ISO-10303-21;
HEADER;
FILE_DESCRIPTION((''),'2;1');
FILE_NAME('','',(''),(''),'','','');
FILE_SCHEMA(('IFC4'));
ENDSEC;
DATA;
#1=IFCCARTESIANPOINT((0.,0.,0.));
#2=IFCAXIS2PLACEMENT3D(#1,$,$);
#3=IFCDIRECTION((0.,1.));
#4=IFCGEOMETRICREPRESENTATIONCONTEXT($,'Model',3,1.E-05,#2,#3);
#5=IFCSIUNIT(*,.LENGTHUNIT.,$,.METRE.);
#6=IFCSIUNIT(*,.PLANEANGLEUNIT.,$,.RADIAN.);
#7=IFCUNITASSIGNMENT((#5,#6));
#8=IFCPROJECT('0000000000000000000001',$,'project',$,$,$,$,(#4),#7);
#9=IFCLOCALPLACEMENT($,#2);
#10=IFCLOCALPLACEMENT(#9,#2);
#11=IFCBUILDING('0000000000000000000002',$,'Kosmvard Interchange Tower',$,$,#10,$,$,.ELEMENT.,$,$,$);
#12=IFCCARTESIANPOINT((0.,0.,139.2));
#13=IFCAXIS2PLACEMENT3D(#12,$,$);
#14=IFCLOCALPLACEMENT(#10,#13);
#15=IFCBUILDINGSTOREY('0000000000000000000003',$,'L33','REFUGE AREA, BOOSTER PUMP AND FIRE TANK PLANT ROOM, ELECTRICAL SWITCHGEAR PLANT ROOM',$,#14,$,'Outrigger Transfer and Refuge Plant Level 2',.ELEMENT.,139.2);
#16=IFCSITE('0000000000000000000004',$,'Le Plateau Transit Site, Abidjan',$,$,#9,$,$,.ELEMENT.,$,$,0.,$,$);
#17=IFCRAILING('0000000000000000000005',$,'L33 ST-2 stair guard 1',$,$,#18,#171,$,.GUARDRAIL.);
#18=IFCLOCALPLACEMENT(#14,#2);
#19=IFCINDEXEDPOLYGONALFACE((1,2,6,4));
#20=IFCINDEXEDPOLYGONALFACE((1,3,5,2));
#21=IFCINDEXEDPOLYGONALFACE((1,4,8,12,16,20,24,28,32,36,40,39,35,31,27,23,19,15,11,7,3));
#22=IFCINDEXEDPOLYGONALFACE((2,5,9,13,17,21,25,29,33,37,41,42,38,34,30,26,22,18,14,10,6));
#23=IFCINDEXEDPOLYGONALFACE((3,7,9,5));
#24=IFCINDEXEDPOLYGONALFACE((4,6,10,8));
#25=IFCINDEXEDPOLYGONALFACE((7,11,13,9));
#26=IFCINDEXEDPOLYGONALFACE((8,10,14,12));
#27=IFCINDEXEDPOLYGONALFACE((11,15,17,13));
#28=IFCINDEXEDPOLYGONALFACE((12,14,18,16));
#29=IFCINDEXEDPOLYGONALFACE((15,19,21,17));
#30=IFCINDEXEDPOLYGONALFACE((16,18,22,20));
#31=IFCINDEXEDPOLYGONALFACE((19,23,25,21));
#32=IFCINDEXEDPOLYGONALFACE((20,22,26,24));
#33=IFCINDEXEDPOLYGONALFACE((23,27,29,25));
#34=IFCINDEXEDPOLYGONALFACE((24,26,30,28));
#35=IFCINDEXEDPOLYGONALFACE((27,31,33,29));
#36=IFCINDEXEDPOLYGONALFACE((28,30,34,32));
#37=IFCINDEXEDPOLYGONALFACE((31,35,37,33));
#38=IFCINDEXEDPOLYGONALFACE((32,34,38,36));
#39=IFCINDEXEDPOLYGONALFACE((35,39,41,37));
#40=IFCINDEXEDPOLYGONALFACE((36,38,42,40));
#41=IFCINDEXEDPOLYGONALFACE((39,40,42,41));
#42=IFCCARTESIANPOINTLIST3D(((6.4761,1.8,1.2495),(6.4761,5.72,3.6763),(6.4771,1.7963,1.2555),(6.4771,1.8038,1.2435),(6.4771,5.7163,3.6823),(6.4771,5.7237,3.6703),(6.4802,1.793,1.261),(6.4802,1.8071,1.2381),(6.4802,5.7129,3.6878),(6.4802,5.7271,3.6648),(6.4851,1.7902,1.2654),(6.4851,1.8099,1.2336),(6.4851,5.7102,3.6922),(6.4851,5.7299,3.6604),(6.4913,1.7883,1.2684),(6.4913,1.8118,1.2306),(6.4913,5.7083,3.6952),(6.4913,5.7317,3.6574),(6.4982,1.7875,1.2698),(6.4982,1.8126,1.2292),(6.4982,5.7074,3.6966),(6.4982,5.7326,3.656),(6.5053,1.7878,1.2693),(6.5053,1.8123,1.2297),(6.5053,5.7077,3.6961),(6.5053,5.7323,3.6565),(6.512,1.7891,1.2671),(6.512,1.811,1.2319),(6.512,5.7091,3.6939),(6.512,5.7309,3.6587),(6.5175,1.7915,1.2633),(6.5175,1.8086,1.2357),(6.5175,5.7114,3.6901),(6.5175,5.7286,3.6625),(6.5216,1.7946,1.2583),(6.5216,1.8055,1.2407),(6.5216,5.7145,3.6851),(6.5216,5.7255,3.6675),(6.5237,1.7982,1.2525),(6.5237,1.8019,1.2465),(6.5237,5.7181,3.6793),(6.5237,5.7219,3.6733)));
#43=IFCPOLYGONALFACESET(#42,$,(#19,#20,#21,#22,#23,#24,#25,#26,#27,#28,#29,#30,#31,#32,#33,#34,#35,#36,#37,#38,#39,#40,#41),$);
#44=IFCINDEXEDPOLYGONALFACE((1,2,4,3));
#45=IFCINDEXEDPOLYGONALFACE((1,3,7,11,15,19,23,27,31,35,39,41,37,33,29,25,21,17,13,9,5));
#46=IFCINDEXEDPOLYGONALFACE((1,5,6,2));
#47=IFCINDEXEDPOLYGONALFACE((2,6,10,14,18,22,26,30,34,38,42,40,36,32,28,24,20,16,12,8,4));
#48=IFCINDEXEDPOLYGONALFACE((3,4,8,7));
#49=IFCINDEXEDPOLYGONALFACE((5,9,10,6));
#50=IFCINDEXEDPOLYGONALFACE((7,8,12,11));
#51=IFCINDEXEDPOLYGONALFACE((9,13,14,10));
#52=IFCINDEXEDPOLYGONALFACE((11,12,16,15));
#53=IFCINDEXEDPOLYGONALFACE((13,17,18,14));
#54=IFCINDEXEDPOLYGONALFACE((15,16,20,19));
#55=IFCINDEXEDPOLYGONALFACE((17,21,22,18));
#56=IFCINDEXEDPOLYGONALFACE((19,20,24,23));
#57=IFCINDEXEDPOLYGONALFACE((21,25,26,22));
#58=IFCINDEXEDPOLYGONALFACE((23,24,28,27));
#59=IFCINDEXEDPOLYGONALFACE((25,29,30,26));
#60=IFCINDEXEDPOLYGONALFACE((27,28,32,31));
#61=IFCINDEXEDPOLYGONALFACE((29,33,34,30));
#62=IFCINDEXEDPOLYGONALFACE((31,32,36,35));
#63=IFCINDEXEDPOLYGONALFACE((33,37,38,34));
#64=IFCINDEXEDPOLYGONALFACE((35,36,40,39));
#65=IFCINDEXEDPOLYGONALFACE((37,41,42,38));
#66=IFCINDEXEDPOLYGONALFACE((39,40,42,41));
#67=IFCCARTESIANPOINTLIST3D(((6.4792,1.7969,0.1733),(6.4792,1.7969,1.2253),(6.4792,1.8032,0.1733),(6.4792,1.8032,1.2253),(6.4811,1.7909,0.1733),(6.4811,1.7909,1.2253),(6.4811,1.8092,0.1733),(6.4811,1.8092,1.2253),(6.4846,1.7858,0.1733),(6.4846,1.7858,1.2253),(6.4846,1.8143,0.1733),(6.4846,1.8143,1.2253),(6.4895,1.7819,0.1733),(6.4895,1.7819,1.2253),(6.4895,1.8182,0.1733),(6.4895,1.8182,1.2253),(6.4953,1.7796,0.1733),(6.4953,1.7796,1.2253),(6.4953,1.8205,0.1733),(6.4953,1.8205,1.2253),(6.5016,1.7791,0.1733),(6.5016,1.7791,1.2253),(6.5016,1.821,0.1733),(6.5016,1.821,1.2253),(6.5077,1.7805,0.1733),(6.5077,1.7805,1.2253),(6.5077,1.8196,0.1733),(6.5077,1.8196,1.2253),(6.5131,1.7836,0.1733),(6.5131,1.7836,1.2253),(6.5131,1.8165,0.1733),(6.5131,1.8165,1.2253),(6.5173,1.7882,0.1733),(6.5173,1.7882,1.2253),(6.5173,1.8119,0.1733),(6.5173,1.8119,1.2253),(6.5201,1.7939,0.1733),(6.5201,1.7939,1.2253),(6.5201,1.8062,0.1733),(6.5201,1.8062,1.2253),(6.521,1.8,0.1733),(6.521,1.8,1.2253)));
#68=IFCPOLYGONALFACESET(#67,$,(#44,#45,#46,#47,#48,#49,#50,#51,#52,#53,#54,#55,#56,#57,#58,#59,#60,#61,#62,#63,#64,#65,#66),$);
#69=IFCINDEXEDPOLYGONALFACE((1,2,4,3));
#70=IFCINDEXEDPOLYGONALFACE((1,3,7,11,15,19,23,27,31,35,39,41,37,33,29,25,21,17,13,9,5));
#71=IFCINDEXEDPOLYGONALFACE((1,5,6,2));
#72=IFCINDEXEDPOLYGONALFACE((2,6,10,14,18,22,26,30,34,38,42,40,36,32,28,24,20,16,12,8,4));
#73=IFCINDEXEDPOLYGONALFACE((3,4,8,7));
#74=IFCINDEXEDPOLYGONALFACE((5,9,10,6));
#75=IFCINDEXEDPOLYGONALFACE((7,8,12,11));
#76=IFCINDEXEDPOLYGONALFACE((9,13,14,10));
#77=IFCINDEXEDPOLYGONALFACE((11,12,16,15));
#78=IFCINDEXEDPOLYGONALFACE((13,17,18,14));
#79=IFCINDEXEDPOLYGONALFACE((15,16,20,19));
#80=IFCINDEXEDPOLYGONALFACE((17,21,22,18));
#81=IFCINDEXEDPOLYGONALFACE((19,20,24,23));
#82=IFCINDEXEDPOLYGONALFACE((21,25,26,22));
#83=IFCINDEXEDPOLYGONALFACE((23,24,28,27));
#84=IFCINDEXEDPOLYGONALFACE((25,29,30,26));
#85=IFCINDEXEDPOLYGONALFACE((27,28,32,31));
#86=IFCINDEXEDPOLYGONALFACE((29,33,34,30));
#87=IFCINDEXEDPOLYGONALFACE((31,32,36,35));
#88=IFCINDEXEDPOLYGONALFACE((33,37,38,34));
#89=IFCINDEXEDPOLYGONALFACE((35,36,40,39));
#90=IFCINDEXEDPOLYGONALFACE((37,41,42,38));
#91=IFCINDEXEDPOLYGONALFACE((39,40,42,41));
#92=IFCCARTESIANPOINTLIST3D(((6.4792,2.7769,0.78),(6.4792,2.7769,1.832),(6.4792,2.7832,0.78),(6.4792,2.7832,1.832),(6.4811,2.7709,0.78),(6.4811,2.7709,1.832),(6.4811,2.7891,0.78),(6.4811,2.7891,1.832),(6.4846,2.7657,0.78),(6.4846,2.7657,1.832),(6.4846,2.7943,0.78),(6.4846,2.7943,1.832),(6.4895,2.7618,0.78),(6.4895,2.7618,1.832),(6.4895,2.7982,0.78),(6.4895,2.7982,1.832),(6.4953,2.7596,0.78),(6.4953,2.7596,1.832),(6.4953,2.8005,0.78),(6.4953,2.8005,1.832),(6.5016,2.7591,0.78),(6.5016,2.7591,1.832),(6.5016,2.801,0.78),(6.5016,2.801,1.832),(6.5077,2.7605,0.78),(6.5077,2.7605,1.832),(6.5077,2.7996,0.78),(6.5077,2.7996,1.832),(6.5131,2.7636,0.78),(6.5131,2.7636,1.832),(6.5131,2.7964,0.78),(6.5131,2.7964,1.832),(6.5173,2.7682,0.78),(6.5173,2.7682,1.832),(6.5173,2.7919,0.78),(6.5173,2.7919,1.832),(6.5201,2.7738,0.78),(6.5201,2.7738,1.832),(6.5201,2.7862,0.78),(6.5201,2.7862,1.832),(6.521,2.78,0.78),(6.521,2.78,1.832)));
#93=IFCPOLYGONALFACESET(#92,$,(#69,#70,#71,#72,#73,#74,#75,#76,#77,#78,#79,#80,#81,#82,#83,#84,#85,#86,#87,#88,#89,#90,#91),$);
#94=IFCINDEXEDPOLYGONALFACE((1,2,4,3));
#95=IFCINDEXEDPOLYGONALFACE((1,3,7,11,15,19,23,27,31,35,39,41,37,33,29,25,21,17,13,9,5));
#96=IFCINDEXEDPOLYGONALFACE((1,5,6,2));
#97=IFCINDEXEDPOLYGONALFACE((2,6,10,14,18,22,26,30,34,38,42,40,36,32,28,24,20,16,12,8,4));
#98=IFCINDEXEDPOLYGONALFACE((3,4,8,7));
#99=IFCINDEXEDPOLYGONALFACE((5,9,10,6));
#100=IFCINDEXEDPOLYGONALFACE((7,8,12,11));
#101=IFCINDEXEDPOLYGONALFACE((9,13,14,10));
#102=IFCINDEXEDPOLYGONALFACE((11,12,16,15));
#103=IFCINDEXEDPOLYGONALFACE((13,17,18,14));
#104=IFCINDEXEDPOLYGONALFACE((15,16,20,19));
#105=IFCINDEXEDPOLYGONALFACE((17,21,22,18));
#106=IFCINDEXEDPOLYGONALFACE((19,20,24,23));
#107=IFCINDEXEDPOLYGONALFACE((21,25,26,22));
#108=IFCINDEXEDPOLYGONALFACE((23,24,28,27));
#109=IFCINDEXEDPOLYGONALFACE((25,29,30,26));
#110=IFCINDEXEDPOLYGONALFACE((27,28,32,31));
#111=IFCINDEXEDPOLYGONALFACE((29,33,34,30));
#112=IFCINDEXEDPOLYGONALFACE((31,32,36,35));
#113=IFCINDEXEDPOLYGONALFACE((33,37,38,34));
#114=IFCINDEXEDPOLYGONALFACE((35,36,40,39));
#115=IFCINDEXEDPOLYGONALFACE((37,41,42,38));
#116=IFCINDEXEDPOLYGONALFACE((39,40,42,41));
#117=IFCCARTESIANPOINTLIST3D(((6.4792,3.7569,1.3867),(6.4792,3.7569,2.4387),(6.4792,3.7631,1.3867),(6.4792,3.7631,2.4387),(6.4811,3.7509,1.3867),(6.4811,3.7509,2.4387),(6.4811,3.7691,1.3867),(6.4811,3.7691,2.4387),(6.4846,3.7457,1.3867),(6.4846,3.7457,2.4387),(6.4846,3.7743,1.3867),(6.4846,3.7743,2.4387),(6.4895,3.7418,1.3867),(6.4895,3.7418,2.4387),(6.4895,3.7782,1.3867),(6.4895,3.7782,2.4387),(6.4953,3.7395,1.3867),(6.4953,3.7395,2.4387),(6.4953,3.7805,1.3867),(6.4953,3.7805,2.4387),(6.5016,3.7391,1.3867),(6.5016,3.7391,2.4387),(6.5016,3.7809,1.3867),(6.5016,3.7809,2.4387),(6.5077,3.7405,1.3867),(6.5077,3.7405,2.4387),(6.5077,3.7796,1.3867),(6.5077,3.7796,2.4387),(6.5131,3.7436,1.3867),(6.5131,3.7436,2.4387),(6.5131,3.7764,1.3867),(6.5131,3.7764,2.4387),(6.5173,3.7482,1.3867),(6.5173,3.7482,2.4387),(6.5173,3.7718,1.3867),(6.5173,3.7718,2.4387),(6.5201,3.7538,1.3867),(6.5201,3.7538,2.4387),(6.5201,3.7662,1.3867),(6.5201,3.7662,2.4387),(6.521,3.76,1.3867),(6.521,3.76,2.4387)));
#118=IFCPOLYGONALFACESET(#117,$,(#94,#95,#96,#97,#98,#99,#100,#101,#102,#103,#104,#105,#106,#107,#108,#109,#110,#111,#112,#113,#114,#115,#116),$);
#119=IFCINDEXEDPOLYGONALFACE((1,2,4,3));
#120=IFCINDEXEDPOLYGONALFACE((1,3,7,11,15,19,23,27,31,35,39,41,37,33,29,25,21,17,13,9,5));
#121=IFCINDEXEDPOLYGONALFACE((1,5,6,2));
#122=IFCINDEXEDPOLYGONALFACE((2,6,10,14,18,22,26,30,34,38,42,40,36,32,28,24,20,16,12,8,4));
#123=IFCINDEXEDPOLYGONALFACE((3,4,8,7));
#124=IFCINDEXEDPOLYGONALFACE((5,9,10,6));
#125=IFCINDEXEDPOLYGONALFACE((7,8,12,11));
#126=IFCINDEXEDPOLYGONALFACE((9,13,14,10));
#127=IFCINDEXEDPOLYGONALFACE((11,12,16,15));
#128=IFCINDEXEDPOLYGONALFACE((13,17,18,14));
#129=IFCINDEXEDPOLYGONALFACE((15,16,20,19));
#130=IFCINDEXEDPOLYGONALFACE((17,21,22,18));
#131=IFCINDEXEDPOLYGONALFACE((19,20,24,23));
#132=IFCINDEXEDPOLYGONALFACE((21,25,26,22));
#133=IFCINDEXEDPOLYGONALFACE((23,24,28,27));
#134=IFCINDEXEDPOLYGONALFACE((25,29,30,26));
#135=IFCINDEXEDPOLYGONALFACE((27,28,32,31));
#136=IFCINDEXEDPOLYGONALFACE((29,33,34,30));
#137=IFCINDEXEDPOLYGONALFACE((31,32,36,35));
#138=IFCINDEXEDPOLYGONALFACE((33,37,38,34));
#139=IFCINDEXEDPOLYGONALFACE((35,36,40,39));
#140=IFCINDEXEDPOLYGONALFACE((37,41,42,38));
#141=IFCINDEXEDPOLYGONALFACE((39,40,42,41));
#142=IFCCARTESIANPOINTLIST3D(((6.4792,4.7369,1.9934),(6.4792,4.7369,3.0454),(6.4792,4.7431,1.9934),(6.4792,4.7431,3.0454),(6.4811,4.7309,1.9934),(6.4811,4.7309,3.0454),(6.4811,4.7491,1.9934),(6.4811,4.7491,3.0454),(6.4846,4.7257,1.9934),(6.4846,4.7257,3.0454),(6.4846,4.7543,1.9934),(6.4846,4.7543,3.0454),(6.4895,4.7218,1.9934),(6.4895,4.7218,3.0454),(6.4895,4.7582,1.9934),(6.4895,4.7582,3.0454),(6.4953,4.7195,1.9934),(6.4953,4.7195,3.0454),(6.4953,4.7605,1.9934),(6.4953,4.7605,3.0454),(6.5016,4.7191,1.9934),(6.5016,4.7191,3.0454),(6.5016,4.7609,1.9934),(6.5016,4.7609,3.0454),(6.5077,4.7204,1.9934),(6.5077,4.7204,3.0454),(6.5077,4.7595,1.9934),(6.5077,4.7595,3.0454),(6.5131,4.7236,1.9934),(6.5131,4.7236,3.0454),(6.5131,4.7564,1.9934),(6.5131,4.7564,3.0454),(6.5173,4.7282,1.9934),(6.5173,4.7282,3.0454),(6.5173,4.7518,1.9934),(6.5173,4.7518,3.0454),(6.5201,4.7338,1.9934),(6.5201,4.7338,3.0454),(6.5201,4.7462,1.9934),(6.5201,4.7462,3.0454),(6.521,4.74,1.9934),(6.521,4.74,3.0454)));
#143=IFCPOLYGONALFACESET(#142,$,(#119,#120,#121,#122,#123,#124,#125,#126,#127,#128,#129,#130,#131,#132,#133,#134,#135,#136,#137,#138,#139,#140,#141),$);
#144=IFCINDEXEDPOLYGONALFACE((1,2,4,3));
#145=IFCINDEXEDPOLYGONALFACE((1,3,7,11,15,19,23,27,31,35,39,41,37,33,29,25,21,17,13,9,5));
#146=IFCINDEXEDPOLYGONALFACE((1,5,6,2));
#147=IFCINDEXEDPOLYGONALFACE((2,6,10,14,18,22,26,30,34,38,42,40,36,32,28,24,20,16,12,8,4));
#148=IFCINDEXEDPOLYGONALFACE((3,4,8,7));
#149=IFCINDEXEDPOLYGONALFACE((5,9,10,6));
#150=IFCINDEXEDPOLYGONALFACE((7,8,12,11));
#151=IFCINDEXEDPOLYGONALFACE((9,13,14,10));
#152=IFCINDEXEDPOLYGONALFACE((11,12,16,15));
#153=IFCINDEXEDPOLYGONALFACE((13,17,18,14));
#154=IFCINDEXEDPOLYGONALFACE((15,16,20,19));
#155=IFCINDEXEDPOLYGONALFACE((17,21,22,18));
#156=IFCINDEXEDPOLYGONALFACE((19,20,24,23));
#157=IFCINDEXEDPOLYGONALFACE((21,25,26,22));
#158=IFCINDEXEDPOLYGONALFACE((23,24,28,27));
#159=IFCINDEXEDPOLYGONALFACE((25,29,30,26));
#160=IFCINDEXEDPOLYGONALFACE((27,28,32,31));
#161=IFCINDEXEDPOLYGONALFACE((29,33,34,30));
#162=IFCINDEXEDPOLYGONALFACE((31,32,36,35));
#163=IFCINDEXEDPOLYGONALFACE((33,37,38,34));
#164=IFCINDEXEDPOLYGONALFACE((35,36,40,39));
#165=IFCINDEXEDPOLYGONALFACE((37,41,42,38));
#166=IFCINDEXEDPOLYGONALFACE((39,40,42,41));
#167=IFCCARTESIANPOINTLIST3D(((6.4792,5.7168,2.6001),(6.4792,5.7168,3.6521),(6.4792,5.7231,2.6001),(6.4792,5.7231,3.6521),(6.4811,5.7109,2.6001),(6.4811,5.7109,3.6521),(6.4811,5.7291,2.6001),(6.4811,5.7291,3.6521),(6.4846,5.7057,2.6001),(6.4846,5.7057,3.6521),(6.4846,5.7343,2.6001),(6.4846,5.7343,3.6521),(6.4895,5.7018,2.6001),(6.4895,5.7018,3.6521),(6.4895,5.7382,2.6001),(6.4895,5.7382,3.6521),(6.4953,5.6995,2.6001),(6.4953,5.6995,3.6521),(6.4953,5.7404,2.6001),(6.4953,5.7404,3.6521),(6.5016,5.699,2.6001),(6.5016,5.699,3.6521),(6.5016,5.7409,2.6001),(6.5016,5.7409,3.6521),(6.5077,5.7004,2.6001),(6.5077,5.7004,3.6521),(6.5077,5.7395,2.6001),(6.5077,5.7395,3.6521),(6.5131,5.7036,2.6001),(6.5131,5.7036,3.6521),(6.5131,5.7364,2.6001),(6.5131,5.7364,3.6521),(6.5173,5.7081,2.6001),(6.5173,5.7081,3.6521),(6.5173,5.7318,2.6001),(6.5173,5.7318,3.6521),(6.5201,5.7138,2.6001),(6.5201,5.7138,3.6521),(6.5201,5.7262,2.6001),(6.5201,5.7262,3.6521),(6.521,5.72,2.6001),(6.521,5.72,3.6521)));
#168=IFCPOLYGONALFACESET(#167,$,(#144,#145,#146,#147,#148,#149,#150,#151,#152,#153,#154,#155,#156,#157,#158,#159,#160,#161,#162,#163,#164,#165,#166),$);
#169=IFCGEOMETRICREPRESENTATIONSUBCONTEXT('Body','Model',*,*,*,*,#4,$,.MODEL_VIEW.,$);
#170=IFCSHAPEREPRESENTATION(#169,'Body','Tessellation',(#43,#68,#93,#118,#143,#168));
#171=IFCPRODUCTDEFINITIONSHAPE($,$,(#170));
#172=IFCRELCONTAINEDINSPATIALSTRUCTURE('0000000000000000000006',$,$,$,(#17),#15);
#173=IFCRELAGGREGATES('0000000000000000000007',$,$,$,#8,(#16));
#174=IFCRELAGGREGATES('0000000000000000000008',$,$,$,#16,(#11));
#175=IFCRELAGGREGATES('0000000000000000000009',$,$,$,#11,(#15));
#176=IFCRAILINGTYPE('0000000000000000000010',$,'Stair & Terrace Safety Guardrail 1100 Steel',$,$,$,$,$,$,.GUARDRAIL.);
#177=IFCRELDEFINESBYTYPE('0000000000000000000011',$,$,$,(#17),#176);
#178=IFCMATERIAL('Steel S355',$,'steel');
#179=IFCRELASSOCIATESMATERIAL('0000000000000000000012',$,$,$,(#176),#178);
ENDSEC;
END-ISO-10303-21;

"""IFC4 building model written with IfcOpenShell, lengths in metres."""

from ifc_helpers import new_model, si_unit, direction, frame, origin, origin_2d, place, context, subcontext, project, spatial, circle, extrude, source, transform, mapped, material, type_object, element, save


model = new_model("IFC4")

# Units and contexts
model_context = context("Model", 3, precision=1e-05, world=origin(), true_north=direction((0.0, 1.0)))
body_context = subcontext(model_context, "Body", "Model", "MODEL_VIEW")
ifc_project = project(units=[si_unit("LENGTHUNIT", "METRE"), si_unit("PLANEANGLEUNIT", "RADIAN")], contexts=[model_context])

# Site, building, storey
site_placement = place(None, origin())
site = spatial("IfcSite", under=ifc_project, at=site_placement, Name="Le Plateau Transit Site, Abidjan", CompositionType="ELEMENT", RefElevation=0.0)
building_placement = place(site_placement, origin())
building = spatial("IfcBuilding", under=site, at=building_placement, Name="Kosmvard Interchange Tower", CompositionType="ELEMENT")
storey_placement = place(building_placement, frame((0.0, 0.0, 139.2)))
storey = spatial("IfcBuildingStorey", under=building, at=storey_placement, Name="L33", Description="REFUGE AREA, BOOSTER PUMP AND FIRE TANK PLANT ROOM, ELECTRICAL SWITCHGEAR PLANT ROOM", LongName="Outrigger Transfer and Refuge Plant Level 2", CompositionType="ELEMENT", Elevation=139.2)

# Railing
ifc_material_1 = material(Name="Steel S355", Category="steel")
railing_type_1 = type_object("IfcRailingType", Name="Stair & Terrace Safety Guardrail 1100 Steel", PredefinedType="GUARDRAIL", material=ifc_material_1)
shared_shape_1 = source(origin(), body_context, "Body", "SweptSolid", [
    extrude(circle(Radius=0.0239, at=origin_2d()), frame((0.0, 0.0, 1.0762), z_axis=(0.0, 0.850252, 0.526376), x_axis=(-1.0, 0.0, 0.0)), (0.0, 0.0, 1.0), 4.6104),
    extrude(circle(Radius=0.021, at=origin_2d()), origin(), (0.0, 0.0, 1.0), 1.052),
    extrude(circle(Radius=0.021, at=origin_2d()), frame((0.0, 0.98, 0.6067)), (0.0, 0.0, 1.0), 1.052),
    extrude(circle(Radius=0.021, at=origin_2d()), frame((0.0, 1.96, 1.2134)), (0.0, 0.0, 1.0), 1.052),
    extrude(circle(Radius=0.021, at=origin_2d()), frame((0.0, 2.9399, 1.8201)), (0.0, 0.0, 1.0), 1.052),
    extrude(circle(Radius=0.021, at=origin_2d()), frame((0.0, 3.9199, 2.4268)), (0.0, 0.0, 1.0), 1.052),
])
railing_1_placement = place(storey_placement, frame((6.5, 1.8, 0.1733)))
element("IfcRailing", 1, at=railing_1_placement, inside=storey, type_object=railing_type_1, Name="L33 ST-2 stair guard 1", PredefinedType="GUARDRAIL", context=body_context, shape_type="MappedRepresentation", body=[
    mapped(shared_shape_1, transform((0.0, 0.0, 0.0), scale=1.0)),
])

save(model, "model.ifc")
